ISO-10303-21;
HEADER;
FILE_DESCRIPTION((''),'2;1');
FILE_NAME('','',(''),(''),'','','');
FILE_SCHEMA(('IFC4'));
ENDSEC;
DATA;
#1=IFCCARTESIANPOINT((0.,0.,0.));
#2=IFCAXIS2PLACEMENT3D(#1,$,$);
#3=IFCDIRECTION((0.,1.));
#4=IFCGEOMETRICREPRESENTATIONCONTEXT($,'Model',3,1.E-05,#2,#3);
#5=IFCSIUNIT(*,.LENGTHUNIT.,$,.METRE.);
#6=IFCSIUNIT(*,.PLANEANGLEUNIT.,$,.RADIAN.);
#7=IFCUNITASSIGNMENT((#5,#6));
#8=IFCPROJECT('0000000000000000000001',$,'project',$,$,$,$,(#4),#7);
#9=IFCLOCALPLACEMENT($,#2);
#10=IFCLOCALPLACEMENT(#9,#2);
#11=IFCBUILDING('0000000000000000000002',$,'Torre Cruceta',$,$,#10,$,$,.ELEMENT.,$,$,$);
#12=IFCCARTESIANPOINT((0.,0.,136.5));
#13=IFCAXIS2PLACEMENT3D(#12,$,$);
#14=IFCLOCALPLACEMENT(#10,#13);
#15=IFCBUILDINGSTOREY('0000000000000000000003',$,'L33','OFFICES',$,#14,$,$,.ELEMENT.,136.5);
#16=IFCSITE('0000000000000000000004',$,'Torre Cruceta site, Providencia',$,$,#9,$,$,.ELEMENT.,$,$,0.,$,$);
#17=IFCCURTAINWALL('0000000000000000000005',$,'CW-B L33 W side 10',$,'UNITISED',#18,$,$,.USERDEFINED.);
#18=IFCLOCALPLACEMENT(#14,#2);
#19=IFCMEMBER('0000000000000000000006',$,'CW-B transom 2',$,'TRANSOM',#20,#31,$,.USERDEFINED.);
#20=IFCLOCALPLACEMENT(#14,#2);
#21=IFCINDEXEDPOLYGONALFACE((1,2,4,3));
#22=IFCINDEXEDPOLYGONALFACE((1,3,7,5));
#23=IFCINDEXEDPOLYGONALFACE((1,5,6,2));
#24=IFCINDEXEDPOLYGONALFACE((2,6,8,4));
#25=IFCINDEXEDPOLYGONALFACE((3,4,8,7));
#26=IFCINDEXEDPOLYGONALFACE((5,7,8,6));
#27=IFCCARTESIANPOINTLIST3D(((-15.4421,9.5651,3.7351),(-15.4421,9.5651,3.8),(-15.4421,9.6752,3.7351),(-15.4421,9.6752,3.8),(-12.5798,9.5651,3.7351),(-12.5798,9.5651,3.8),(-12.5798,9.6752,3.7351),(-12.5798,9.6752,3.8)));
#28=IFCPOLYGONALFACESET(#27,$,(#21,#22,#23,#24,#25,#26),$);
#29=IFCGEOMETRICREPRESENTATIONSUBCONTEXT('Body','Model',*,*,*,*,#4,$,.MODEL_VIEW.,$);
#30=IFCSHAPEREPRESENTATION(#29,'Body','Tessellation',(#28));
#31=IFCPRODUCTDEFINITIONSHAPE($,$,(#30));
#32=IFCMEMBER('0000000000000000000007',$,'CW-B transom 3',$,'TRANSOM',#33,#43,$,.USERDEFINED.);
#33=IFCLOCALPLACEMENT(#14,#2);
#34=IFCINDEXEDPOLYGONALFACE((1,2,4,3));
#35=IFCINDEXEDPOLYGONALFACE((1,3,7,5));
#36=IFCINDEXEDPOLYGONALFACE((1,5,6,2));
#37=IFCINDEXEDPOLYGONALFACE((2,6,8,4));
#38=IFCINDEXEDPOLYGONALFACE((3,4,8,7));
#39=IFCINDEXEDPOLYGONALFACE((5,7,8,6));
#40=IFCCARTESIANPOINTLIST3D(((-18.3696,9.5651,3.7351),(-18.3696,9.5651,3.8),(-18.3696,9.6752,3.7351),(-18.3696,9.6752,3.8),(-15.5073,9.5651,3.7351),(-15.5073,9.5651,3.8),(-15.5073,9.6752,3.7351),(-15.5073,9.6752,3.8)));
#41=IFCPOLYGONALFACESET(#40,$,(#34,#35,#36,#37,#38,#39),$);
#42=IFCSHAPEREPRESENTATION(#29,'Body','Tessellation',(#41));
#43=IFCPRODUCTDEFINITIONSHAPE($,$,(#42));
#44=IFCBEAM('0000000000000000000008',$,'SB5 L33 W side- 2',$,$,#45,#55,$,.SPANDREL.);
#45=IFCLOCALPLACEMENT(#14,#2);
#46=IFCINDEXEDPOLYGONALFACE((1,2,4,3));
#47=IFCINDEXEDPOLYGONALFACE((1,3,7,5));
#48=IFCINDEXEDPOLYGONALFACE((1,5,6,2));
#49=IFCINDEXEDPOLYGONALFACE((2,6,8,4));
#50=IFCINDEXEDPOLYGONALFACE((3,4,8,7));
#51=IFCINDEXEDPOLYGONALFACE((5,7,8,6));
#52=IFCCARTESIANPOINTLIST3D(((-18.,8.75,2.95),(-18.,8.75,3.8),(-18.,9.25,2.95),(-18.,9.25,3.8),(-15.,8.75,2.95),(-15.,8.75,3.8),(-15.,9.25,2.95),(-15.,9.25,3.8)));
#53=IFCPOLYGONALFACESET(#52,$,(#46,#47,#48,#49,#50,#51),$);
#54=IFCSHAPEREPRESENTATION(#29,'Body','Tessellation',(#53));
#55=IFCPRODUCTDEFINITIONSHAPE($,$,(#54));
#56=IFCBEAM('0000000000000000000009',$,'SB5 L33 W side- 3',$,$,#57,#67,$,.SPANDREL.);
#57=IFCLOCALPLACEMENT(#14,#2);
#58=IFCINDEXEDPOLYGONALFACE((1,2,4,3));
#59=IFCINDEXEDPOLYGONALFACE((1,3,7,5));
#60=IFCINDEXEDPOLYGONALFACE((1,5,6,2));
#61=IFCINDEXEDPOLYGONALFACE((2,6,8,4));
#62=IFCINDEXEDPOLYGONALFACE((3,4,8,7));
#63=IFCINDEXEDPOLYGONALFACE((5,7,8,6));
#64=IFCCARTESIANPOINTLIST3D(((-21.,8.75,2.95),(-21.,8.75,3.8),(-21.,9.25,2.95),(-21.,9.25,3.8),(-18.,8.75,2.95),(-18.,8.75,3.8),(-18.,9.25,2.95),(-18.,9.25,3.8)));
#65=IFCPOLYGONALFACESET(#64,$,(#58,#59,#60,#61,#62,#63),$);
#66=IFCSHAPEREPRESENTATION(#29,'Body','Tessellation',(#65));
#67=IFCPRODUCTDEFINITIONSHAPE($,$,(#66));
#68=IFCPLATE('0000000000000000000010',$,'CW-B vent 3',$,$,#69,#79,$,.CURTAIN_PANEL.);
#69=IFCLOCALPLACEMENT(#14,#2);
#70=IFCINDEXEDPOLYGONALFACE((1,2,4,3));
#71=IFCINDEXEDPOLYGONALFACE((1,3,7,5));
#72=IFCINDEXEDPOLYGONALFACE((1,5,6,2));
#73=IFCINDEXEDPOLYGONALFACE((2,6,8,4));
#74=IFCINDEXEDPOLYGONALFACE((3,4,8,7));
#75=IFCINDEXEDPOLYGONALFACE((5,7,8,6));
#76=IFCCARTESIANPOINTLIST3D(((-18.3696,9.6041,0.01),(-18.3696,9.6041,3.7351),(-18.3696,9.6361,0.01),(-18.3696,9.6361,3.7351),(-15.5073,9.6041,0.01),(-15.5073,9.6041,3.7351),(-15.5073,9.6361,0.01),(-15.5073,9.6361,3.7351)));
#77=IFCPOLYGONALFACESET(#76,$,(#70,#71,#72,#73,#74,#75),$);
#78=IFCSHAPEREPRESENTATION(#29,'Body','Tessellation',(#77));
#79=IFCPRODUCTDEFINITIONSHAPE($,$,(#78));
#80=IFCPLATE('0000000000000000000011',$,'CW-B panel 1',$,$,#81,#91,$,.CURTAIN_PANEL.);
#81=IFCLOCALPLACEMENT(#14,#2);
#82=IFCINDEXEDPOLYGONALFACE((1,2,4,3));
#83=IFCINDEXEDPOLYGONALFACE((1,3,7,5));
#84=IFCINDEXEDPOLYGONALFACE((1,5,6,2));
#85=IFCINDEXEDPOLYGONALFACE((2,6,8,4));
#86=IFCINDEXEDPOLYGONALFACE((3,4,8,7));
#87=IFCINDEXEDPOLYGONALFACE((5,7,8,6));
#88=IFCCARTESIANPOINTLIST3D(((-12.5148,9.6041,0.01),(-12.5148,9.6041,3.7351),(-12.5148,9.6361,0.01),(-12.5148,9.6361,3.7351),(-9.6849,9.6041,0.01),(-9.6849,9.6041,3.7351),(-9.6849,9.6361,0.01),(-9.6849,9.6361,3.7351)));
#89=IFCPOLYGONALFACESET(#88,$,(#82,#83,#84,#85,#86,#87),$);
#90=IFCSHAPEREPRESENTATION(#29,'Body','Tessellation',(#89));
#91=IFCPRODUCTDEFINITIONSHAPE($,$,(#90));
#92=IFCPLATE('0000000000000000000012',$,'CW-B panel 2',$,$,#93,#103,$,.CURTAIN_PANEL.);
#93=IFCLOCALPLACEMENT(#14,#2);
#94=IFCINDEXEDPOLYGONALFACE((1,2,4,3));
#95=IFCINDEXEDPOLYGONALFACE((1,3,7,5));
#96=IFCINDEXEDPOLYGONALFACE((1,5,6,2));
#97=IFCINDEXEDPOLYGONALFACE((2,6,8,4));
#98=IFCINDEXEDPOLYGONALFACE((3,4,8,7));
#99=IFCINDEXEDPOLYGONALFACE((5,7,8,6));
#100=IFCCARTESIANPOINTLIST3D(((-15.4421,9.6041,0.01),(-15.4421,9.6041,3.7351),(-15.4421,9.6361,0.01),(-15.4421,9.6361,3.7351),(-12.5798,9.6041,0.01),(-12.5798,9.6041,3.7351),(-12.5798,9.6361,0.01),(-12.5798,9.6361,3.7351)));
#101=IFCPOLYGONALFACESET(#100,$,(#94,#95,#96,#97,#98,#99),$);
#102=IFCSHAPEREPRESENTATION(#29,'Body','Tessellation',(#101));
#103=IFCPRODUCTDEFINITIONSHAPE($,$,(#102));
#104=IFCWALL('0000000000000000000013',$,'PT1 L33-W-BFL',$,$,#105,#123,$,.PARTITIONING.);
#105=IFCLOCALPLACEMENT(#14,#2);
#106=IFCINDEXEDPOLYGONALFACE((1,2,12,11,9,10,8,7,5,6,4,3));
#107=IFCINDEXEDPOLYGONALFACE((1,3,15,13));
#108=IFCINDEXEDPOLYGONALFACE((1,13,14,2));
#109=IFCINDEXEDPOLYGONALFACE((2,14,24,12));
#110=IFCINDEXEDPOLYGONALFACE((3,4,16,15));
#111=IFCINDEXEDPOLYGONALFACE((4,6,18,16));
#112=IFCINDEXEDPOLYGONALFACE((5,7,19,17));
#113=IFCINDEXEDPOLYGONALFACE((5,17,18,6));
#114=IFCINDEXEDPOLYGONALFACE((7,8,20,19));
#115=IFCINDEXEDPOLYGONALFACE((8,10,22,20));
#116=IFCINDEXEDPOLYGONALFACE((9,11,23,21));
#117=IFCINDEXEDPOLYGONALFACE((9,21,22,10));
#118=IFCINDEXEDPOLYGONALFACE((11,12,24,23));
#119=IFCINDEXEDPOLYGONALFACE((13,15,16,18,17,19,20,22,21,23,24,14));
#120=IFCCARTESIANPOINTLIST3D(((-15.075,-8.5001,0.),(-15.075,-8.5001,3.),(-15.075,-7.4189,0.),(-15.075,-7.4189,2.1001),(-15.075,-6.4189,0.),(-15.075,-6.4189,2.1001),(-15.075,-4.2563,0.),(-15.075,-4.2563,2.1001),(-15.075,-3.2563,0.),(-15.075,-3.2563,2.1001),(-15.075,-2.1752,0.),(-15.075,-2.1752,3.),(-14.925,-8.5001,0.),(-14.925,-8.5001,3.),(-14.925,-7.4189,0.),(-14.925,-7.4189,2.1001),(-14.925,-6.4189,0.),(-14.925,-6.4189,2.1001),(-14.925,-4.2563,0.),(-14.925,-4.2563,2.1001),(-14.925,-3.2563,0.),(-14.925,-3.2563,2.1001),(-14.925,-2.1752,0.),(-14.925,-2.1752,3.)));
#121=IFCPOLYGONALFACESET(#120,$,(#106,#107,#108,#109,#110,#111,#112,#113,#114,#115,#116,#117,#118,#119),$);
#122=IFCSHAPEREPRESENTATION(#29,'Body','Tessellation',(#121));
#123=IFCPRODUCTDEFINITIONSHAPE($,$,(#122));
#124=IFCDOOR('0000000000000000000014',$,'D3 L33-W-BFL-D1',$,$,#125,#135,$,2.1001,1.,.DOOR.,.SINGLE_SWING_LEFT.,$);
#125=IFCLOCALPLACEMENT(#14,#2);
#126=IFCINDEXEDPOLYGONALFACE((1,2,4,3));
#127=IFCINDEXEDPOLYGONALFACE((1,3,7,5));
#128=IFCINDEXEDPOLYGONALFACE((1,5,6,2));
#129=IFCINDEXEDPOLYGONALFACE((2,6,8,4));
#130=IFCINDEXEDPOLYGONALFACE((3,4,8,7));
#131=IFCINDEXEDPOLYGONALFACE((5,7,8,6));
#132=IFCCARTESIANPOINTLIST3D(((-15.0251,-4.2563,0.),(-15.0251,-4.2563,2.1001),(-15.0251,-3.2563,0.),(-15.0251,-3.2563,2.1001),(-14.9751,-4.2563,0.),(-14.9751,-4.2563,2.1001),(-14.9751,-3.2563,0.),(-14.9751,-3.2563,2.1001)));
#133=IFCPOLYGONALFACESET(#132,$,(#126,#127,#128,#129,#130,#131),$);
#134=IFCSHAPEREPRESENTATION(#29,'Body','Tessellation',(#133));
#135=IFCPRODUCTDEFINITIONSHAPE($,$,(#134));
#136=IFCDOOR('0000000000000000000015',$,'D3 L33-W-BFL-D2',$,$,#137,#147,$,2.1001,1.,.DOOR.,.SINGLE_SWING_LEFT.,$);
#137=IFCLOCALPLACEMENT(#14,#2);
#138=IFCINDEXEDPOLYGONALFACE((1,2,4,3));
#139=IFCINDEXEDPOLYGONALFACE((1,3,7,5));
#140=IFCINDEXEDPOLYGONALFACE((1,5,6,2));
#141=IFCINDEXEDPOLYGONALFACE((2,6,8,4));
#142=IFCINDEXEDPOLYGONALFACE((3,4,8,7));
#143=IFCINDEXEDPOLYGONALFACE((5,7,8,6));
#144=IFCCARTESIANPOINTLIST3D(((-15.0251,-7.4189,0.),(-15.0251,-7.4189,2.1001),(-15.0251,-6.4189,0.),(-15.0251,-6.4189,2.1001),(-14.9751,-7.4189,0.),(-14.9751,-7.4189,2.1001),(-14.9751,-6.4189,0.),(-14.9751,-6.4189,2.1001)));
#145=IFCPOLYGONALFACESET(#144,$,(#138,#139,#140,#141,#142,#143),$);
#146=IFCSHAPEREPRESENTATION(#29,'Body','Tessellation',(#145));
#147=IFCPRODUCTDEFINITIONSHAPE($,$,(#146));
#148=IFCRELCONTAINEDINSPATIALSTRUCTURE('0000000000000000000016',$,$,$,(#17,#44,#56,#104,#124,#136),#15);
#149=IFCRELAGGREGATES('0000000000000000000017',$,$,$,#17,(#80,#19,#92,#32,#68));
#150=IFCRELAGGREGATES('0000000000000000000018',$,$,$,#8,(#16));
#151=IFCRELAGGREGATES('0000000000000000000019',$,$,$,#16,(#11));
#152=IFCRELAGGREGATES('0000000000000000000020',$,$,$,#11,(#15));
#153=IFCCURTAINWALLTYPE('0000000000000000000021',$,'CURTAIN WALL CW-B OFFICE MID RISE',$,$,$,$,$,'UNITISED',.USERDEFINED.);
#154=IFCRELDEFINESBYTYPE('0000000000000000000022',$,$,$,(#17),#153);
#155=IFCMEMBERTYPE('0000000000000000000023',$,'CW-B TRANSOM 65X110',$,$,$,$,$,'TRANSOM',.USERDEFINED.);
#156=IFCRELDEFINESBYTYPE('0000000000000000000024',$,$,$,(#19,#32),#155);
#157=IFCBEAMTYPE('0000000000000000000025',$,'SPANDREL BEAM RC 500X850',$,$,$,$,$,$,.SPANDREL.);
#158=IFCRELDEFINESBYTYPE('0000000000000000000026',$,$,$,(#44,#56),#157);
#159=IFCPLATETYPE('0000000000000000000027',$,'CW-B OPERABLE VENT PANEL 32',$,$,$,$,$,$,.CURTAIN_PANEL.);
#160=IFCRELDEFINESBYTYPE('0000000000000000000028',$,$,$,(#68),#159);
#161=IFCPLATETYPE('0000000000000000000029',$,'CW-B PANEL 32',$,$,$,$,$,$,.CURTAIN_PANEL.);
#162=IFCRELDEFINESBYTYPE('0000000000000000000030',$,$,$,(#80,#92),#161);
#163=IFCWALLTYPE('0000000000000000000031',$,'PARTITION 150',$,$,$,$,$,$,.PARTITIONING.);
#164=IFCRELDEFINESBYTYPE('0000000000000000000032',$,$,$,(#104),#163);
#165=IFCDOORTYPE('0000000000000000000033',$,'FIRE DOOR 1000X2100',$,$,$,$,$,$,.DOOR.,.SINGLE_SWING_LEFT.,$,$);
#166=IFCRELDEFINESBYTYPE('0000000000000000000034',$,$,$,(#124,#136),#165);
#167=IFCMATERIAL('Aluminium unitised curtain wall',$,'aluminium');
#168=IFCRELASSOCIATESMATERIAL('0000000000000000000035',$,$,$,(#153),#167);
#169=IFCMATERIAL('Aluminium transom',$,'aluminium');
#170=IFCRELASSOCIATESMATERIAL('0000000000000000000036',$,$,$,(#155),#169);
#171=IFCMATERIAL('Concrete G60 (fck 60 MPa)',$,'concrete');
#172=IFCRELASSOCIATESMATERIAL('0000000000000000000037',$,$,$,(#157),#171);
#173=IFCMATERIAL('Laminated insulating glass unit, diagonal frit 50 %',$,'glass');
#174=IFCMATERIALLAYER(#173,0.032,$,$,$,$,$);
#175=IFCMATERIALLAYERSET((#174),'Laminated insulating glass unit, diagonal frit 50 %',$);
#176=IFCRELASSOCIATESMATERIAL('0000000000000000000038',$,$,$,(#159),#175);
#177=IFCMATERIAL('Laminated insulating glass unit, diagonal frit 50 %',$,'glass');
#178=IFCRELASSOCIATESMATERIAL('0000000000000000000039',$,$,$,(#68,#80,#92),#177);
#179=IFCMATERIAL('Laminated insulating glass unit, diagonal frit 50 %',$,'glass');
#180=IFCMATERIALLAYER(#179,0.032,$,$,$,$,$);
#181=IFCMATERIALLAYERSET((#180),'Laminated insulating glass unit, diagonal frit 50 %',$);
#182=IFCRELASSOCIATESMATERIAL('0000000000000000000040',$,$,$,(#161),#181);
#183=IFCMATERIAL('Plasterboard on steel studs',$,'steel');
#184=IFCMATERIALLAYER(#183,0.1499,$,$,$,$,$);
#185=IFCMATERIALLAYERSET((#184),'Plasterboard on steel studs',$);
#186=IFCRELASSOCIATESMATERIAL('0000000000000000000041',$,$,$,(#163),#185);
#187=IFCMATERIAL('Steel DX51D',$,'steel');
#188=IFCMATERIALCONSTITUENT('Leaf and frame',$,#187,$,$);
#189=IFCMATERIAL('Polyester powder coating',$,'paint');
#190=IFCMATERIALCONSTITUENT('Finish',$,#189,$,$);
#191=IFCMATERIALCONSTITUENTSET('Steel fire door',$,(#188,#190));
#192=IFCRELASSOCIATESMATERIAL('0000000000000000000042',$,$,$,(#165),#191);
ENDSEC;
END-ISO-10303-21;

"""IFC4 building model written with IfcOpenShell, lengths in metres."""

from ifc_helpers import new_model, si_unit, direction, frame, frame_2d, origin, origin_2d, place, context, subcontext, project, spatial, rectangle, extrude, material, layer, layer_set, constituent, constituent_set, material_profile, profile_set, type_object, element, fill, aggregate, save


model = new_model("IFC4")

# Units and contexts
model_context = context("Model", 3, precision=1e-05, world=origin(), true_north=direction((0.0, 1.0)))
body_context = subcontext(model_context, "Body", "Model", "MODEL_VIEW")
ifc_project = project(units=[si_unit("LENGTHUNIT", "METRE"), si_unit("PLANEANGLEUNIT", "RADIAN")], contexts=[model_context])

# Site, building, storey
site_placement = place(None, origin())
site = spatial("IfcSite", under=ifc_project, at=site_placement, Name="Torre Cruceta site, Providencia", CompositionType="ELEMENT", RefElevation=0.0)
building_placement = place(site_placement, origin())
building = spatial("IfcBuilding", under=site, at=building_placement, Name="Torre Cruceta", CompositionType="ELEMENT")
storey_placement = place(building_placement, frame((0.0, 0.0, 136.5)))
storey = spatial("IfcBuildingStorey", under=building, at=storey_placement, Name="L33", Description="OFFICES", CompositionType="ELEMENT", Elevation=136.5)

# Curtain wall, members
ifc_material_1 = material(Name="Aluminium unitised curtain wall", Category="aluminium")
curtain_wall_type = type_object("IfcCurtainWallType", Name="CURTAIN WALL CW-B OFFICE MID RISE", ElementType="UNITISED", PredefinedType="USERDEFINED", material=ifc_material_1)
curtain_wall_placement = place(storey_placement, origin())
curtain_wall = element("IfcCurtainWall", 1, at=curtain_wall_placement, inside=storey, type_object=curtain_wall_type, Name="CW-B L33 W side 10", ObjectType="UNITISED", PredefinedType="USERDEFINED")
ifc_material_2 = material(Name="Aluminium transom", Category="aluminium")
ifc_material_profile_1 = material_profile(ifc_material_2, rectangle(XDim=0.1101, YDim=0.0649, at=origin_2d()), Name="AL 110X65")
ifc_profile_set_1 = profile_set([ifc_material_profile_1], Name="Aluminium transom")
member_type_1 = type_object("IfcMemberType", Name="CW-B TRANSOM 65X110", ElementType="TRANSOM", PredefinedType="USERDEFINED", material=ifc_profile_set_1)
member_1_placement = place(storey_placement, frame((-12.5798, 9.6201, 3.7676), z_axis=(-1.0, 0.0, 0.0), x_axis=(0.0, -1.0, 0.0)))
member_1 = element("IfcMember", 2, at=member_1_placement, type_object=member_type_1, Name="CW-B transom 2", ObjectType="TRANSOM", PredefinedType="USERDEFINED", context=body_context, shape_type="SweptSolid", body=[
    extrude(rectangle(XDim=0.1101, YDim=0.0649, at=origin_2d()), origin(), (0.0, 0.0, 1.0), 2.8623),
])
member_2_placement = place(storey_placement, frame((-15.5073, 9.6201, 3.7676), z_axis=(-1.0, 0.0, 0.0), x_axis=(0.0, -1.0, 0.0)))
member_2 = element("IfcMember", 3, at=member_2_placement, type_object=member_type_1, Name="CW-B transom 3", ObjectType="TRANSOM", PredefinedType="USERDEFINED", context=body_context, shape_type="SweptSolid", body=[
    extrude(rectangle(XDim=0.1101, YDim=0.0649, at=origin_2d()), origin(), (0.0, 0.0, 1.0), 2.8623),
])

# Beams
ifc_material_3 = material(Name="Concrete G60 (fck 60 MPa)", Category="concrete")
ifc_material_profile_2 = material_profile(ifc_material_3, rectangle(XDim=0.5, YDim=0.8501, at=origin_2d()), Name="RC 500X850")
ifc_profile_set_2 = profile_set([ifc_material_profile_2], Name="Concrete G60 (fck 60 MPa)")
beam_type_1 = type_object("IfcBeamType", Name="SPANDREL BEAM RC 500X850", PredefinedType="SPANDREL", material=ifc_profile_set_2)
for number, where, z_axis, x_axis, name in (
    (4, (-15.0, 9.0, 3.375), (-1.0, 0.0, 0.0), (0.0, -1.0, 0.0), "SB5 L33 W side- 2"),
    (5, (-18.0, 9.0, 3.375), (-1.0, 0.0, 0.0), (0.0, -1.0, 0.0), "SB5 L33 W side- 3"),
):
    element("IfcBeam", number, at=place(storey_placement, frame(where, z_axis=z_axis, x_axis=x_axis)), inside=storey, type_object=beam_type_1, Name=name, PredefinedType="SPANDREL", context=body_context, shape_type="SweptSolid", body=[
        extrude(rectangle(XDim=0.5, YDim=0.8501, at=origin_2d()), origin(), (0.0, 0.0, 1.0), 3.0),
    ])

# Plates
ifc_material_4 = material(Name="Laminated insulating glass unit, diagonal frit 50 %", Category="glass")
ifc_material_5 = material(Name="Laminated insulating glass unit, diagonal frit 50 %", Category="glass")
ifc_layer_1 = layer(ifc_material_5, 0.032)
ifc_layer_set_1 = layer_set([ifc_layer_1], Name="Laminated insulating glass unit, diagonal frit 50 %")
plate_type_1 = type_object("IfcPlateType", Name="CW-B OPERABLE VENT PANEL 32", PredefinedType="CURTAIN_PANEL", material=ifc_layer_set_1)
plate_1_placement = place(storey_placement, frame((-16.9385, 9.6201, 0.01), z_axis=(0.0, 0.0, 1.0), x_axis=(-1.0, 0.0, 0.0)))
plate_1 = element("IfcPlate", 6, at=plate_1_placement, type_object=plate_type_1, material=ifc_material_4, Name="CW-B vent 3", PredefinedType="CURTAIN_PANEL", context=body_context, shape_type="SweptSolid", body=[
    extrude(rectangle(XDim=2.8623, YDim=0.032, at=origin_2d()), origin(), (0.0, 0.0, 1.0), 3.7251),
])
ifc_material_6 = material(Name="Laminated insulating glass unit, diagonal frit 50 %", Category="glass")
ifc_layer_2 = layer(ifc_material_6, 0.032)
ifc_layer_set_2 = layer_set([ifc_layer_2], Name="Laminated insulating glass unit, diagonal frit 50 %")
plate_type_2 = type_object("IfcPlateType", Name="CW-B PANEL 32", PredefinedType="CURTAIN_PANEL", material=ifc_layer_set_2)
plate_2_placement = place(storey_placement, frame((-11.0999, 9.6201, 0.01), z_axis=(0.0, 0.0, 1.0), x_axis=(-1.0, 0.0, 0.0)))
plate_2 = element("IfcPlate", 7, at=plate_2_placement, type_object=plate_type_2, material=ifc_material_4, Name="CW-B panel 1", PredefinedType="CURTAIN_PANEL", context=body_context, shape_type="SweptSolid", body=[
    extrude(rectangle(XDim=2.8298, YDim=0.032, at=origin_2d()), origin(), (0.0, 0.0, 1.0), 3.7251),
])
plate_3_placement = place(storey_placement, frame((-14.011, 9.6201, 0.01), z_axis=(0.0, 0.0, 1.0), x_axis=(-1.0, 0.0, 0.0)))
plate_3 = element("IfcPlate", 8, at=plate_3_placement, type_object=plate_type_2, material=ifc_material_4, Name="CW-B panel 2", PredefinedType="CURTAIN_PANEL", context=body_context, shape_type="SweptSolid", body=[
    extrude(rectangle(XDim=2.8623, YDim=0.032, at=origin_2d()), origin(), (0.0, 0.0, 1.0), 3.7251),
])
aggregate(curtain_wall, [plate_2, member_1, plate_3, member_2, plate_1])

# Wall, openings, doors
ifc_material_7 = material(Name="Plasterboard on steel studs", Category="steel")
ifc_layer_3 = layer(ifc_material_7, 0.1499)
ifc_layer_set_3 = layer_set([ifc_layer_3], Name="Plasterboard on steel studs")
wall_type = type_object("IfcWallType", Name="PARTITION 150", PredefinedType="PARTITIONING", material=ifc_layer_set_3)
wall_1_placement = place(storey_placement, frame((-15.0, -2.175, 0.0), z_axis=(0.0, 0.0, 1.0), x_axis=(0.0, -1.0, 0.0)))
wall_1 = element("IfcWall", 9, at=wall_1_placement, inside=storey, type_object=wall_type, Name="PT1 L33-W-BFL", PredefinedType="PARTITIONING", context=body_context, shape_type="SweptSolid", body=[
    extrude(rectangle(XDim=6.325, YDim=0.1499, at=frame_2d((3.1626, 0.0))), origin(), (0.0, 0.0, 1.0), 3.0),
])
opening_1_placement = place(wall_1_placement, frame((1.0813, 0.0, 0.0)))
opening_1 = element("IfcOpeningElement", 10, at=opening_1_placement, cuts=wall_1, PredefinedType="OPENING", context=body_context, shape_type="SweptSolid", body=[
    extrude(rectangle(XDim=1.0, YDim=2.1001, at=frame_2d((0.5, 1.05))), frame((0.0, 0.085, 0.0), z_axis=(0.0, -1.0, 0.0), x_axis=(1.0, 0.0, 0.0)), (0.0, 0.0, 1.0), 0.1699),
])
opening_2_placement = place(wall_1_placement, frame((4.2439, 0.0, 0.0)))
opening_2 = element("IfcOpeningElement", 11, at=opening_2_placement, cuts=wall_1, PredefinedType="OPENING", context=body_context, shape_type="SweptSolid", body=[
    extrude(rectangle(XDim=1.0, YDim=2.1001, at=frame_2d((0.5, 1.05))), frame((0.0, 0.085, 0.0), z_axis=(0.0, -1.0, 0.0), x_axis=(1.0, 0.0, 0.0)), (0.0, 0.0, 1.0), 0.1699),
])
ifc_material_8 = material(Name="Steel DX51D", Category="steel")
ifc_constituent_1 = constituent(ifc_material_8, Name="Leaf and frame")
ifc_material_9 = material(Name="Polyester powder coating", Category="paint")
ifc_constituent_2 = constituent(ifc_material_9, Name="Finish")
ifc_constituent_set = constituent_set(constituents=[ifc_constituent_1, ifc_constituent_2], Name="Steel fire door")
door_type = type_object("IfcDoorType", Name="FIRE DOOR 1000X2100", OperationType="SINGLE_SWING_LEFT", PredefinedType="DOOR", material=ifc_constituent_set)
door_1_placement = place(opening_1_placement, origin())
door_1 = element("IfcDoor", 12, at=door_1_placement, inside=storey, type_object=door_type, Name="D3 L33-W-BFL-D1", OperationType="SINGLE_SWING_LEFT", OverallHeight=2.1001, OverallWidth=1.0, PredefinedType="DOOR", context=body_context, shape_type="SweptSolid", body=[
    extrude(rectangle(XDim=1.0, YDim=2.1001, at=frame_2d((0.5, 1.05))), frame((0.0, 0.0249, 0.0), z_axis=(0.0, -1.0, 0.0), x_axis=(1.0, 0.0, 0.0)), (0.0, 0.0, 1.0), 0.05),
])
fill(opening_1, door_1)
door_2_placement = place(opening_2_placement, origin())
door_2 = element("IfcDoor", 13, at=door_2_placement, inside=storey, type_object=door_type, Name="D3 L33-W-BFL-D2", OperationType="SINGLE_SWING_LEFT", OverallHeight=2.1001, OverallWidth=1.0, PredefinedType="DOOR", context=body_context, shape_type="SweptSolid", body=[
    extrude(rectangle(XDim=1.0, YDim=2.1001, at=frame_2d((0.5, 1.05))), frame((0.0, 0.0249, 0.0), z_axis=(0.0, -1.0, 0.0), x_axis=(1.0, 0.0, 0.0)), (0.0, 0.0, 1.0), 0.05),
])
fill(opening_2, door_2)

save(model, "model.ifc")
